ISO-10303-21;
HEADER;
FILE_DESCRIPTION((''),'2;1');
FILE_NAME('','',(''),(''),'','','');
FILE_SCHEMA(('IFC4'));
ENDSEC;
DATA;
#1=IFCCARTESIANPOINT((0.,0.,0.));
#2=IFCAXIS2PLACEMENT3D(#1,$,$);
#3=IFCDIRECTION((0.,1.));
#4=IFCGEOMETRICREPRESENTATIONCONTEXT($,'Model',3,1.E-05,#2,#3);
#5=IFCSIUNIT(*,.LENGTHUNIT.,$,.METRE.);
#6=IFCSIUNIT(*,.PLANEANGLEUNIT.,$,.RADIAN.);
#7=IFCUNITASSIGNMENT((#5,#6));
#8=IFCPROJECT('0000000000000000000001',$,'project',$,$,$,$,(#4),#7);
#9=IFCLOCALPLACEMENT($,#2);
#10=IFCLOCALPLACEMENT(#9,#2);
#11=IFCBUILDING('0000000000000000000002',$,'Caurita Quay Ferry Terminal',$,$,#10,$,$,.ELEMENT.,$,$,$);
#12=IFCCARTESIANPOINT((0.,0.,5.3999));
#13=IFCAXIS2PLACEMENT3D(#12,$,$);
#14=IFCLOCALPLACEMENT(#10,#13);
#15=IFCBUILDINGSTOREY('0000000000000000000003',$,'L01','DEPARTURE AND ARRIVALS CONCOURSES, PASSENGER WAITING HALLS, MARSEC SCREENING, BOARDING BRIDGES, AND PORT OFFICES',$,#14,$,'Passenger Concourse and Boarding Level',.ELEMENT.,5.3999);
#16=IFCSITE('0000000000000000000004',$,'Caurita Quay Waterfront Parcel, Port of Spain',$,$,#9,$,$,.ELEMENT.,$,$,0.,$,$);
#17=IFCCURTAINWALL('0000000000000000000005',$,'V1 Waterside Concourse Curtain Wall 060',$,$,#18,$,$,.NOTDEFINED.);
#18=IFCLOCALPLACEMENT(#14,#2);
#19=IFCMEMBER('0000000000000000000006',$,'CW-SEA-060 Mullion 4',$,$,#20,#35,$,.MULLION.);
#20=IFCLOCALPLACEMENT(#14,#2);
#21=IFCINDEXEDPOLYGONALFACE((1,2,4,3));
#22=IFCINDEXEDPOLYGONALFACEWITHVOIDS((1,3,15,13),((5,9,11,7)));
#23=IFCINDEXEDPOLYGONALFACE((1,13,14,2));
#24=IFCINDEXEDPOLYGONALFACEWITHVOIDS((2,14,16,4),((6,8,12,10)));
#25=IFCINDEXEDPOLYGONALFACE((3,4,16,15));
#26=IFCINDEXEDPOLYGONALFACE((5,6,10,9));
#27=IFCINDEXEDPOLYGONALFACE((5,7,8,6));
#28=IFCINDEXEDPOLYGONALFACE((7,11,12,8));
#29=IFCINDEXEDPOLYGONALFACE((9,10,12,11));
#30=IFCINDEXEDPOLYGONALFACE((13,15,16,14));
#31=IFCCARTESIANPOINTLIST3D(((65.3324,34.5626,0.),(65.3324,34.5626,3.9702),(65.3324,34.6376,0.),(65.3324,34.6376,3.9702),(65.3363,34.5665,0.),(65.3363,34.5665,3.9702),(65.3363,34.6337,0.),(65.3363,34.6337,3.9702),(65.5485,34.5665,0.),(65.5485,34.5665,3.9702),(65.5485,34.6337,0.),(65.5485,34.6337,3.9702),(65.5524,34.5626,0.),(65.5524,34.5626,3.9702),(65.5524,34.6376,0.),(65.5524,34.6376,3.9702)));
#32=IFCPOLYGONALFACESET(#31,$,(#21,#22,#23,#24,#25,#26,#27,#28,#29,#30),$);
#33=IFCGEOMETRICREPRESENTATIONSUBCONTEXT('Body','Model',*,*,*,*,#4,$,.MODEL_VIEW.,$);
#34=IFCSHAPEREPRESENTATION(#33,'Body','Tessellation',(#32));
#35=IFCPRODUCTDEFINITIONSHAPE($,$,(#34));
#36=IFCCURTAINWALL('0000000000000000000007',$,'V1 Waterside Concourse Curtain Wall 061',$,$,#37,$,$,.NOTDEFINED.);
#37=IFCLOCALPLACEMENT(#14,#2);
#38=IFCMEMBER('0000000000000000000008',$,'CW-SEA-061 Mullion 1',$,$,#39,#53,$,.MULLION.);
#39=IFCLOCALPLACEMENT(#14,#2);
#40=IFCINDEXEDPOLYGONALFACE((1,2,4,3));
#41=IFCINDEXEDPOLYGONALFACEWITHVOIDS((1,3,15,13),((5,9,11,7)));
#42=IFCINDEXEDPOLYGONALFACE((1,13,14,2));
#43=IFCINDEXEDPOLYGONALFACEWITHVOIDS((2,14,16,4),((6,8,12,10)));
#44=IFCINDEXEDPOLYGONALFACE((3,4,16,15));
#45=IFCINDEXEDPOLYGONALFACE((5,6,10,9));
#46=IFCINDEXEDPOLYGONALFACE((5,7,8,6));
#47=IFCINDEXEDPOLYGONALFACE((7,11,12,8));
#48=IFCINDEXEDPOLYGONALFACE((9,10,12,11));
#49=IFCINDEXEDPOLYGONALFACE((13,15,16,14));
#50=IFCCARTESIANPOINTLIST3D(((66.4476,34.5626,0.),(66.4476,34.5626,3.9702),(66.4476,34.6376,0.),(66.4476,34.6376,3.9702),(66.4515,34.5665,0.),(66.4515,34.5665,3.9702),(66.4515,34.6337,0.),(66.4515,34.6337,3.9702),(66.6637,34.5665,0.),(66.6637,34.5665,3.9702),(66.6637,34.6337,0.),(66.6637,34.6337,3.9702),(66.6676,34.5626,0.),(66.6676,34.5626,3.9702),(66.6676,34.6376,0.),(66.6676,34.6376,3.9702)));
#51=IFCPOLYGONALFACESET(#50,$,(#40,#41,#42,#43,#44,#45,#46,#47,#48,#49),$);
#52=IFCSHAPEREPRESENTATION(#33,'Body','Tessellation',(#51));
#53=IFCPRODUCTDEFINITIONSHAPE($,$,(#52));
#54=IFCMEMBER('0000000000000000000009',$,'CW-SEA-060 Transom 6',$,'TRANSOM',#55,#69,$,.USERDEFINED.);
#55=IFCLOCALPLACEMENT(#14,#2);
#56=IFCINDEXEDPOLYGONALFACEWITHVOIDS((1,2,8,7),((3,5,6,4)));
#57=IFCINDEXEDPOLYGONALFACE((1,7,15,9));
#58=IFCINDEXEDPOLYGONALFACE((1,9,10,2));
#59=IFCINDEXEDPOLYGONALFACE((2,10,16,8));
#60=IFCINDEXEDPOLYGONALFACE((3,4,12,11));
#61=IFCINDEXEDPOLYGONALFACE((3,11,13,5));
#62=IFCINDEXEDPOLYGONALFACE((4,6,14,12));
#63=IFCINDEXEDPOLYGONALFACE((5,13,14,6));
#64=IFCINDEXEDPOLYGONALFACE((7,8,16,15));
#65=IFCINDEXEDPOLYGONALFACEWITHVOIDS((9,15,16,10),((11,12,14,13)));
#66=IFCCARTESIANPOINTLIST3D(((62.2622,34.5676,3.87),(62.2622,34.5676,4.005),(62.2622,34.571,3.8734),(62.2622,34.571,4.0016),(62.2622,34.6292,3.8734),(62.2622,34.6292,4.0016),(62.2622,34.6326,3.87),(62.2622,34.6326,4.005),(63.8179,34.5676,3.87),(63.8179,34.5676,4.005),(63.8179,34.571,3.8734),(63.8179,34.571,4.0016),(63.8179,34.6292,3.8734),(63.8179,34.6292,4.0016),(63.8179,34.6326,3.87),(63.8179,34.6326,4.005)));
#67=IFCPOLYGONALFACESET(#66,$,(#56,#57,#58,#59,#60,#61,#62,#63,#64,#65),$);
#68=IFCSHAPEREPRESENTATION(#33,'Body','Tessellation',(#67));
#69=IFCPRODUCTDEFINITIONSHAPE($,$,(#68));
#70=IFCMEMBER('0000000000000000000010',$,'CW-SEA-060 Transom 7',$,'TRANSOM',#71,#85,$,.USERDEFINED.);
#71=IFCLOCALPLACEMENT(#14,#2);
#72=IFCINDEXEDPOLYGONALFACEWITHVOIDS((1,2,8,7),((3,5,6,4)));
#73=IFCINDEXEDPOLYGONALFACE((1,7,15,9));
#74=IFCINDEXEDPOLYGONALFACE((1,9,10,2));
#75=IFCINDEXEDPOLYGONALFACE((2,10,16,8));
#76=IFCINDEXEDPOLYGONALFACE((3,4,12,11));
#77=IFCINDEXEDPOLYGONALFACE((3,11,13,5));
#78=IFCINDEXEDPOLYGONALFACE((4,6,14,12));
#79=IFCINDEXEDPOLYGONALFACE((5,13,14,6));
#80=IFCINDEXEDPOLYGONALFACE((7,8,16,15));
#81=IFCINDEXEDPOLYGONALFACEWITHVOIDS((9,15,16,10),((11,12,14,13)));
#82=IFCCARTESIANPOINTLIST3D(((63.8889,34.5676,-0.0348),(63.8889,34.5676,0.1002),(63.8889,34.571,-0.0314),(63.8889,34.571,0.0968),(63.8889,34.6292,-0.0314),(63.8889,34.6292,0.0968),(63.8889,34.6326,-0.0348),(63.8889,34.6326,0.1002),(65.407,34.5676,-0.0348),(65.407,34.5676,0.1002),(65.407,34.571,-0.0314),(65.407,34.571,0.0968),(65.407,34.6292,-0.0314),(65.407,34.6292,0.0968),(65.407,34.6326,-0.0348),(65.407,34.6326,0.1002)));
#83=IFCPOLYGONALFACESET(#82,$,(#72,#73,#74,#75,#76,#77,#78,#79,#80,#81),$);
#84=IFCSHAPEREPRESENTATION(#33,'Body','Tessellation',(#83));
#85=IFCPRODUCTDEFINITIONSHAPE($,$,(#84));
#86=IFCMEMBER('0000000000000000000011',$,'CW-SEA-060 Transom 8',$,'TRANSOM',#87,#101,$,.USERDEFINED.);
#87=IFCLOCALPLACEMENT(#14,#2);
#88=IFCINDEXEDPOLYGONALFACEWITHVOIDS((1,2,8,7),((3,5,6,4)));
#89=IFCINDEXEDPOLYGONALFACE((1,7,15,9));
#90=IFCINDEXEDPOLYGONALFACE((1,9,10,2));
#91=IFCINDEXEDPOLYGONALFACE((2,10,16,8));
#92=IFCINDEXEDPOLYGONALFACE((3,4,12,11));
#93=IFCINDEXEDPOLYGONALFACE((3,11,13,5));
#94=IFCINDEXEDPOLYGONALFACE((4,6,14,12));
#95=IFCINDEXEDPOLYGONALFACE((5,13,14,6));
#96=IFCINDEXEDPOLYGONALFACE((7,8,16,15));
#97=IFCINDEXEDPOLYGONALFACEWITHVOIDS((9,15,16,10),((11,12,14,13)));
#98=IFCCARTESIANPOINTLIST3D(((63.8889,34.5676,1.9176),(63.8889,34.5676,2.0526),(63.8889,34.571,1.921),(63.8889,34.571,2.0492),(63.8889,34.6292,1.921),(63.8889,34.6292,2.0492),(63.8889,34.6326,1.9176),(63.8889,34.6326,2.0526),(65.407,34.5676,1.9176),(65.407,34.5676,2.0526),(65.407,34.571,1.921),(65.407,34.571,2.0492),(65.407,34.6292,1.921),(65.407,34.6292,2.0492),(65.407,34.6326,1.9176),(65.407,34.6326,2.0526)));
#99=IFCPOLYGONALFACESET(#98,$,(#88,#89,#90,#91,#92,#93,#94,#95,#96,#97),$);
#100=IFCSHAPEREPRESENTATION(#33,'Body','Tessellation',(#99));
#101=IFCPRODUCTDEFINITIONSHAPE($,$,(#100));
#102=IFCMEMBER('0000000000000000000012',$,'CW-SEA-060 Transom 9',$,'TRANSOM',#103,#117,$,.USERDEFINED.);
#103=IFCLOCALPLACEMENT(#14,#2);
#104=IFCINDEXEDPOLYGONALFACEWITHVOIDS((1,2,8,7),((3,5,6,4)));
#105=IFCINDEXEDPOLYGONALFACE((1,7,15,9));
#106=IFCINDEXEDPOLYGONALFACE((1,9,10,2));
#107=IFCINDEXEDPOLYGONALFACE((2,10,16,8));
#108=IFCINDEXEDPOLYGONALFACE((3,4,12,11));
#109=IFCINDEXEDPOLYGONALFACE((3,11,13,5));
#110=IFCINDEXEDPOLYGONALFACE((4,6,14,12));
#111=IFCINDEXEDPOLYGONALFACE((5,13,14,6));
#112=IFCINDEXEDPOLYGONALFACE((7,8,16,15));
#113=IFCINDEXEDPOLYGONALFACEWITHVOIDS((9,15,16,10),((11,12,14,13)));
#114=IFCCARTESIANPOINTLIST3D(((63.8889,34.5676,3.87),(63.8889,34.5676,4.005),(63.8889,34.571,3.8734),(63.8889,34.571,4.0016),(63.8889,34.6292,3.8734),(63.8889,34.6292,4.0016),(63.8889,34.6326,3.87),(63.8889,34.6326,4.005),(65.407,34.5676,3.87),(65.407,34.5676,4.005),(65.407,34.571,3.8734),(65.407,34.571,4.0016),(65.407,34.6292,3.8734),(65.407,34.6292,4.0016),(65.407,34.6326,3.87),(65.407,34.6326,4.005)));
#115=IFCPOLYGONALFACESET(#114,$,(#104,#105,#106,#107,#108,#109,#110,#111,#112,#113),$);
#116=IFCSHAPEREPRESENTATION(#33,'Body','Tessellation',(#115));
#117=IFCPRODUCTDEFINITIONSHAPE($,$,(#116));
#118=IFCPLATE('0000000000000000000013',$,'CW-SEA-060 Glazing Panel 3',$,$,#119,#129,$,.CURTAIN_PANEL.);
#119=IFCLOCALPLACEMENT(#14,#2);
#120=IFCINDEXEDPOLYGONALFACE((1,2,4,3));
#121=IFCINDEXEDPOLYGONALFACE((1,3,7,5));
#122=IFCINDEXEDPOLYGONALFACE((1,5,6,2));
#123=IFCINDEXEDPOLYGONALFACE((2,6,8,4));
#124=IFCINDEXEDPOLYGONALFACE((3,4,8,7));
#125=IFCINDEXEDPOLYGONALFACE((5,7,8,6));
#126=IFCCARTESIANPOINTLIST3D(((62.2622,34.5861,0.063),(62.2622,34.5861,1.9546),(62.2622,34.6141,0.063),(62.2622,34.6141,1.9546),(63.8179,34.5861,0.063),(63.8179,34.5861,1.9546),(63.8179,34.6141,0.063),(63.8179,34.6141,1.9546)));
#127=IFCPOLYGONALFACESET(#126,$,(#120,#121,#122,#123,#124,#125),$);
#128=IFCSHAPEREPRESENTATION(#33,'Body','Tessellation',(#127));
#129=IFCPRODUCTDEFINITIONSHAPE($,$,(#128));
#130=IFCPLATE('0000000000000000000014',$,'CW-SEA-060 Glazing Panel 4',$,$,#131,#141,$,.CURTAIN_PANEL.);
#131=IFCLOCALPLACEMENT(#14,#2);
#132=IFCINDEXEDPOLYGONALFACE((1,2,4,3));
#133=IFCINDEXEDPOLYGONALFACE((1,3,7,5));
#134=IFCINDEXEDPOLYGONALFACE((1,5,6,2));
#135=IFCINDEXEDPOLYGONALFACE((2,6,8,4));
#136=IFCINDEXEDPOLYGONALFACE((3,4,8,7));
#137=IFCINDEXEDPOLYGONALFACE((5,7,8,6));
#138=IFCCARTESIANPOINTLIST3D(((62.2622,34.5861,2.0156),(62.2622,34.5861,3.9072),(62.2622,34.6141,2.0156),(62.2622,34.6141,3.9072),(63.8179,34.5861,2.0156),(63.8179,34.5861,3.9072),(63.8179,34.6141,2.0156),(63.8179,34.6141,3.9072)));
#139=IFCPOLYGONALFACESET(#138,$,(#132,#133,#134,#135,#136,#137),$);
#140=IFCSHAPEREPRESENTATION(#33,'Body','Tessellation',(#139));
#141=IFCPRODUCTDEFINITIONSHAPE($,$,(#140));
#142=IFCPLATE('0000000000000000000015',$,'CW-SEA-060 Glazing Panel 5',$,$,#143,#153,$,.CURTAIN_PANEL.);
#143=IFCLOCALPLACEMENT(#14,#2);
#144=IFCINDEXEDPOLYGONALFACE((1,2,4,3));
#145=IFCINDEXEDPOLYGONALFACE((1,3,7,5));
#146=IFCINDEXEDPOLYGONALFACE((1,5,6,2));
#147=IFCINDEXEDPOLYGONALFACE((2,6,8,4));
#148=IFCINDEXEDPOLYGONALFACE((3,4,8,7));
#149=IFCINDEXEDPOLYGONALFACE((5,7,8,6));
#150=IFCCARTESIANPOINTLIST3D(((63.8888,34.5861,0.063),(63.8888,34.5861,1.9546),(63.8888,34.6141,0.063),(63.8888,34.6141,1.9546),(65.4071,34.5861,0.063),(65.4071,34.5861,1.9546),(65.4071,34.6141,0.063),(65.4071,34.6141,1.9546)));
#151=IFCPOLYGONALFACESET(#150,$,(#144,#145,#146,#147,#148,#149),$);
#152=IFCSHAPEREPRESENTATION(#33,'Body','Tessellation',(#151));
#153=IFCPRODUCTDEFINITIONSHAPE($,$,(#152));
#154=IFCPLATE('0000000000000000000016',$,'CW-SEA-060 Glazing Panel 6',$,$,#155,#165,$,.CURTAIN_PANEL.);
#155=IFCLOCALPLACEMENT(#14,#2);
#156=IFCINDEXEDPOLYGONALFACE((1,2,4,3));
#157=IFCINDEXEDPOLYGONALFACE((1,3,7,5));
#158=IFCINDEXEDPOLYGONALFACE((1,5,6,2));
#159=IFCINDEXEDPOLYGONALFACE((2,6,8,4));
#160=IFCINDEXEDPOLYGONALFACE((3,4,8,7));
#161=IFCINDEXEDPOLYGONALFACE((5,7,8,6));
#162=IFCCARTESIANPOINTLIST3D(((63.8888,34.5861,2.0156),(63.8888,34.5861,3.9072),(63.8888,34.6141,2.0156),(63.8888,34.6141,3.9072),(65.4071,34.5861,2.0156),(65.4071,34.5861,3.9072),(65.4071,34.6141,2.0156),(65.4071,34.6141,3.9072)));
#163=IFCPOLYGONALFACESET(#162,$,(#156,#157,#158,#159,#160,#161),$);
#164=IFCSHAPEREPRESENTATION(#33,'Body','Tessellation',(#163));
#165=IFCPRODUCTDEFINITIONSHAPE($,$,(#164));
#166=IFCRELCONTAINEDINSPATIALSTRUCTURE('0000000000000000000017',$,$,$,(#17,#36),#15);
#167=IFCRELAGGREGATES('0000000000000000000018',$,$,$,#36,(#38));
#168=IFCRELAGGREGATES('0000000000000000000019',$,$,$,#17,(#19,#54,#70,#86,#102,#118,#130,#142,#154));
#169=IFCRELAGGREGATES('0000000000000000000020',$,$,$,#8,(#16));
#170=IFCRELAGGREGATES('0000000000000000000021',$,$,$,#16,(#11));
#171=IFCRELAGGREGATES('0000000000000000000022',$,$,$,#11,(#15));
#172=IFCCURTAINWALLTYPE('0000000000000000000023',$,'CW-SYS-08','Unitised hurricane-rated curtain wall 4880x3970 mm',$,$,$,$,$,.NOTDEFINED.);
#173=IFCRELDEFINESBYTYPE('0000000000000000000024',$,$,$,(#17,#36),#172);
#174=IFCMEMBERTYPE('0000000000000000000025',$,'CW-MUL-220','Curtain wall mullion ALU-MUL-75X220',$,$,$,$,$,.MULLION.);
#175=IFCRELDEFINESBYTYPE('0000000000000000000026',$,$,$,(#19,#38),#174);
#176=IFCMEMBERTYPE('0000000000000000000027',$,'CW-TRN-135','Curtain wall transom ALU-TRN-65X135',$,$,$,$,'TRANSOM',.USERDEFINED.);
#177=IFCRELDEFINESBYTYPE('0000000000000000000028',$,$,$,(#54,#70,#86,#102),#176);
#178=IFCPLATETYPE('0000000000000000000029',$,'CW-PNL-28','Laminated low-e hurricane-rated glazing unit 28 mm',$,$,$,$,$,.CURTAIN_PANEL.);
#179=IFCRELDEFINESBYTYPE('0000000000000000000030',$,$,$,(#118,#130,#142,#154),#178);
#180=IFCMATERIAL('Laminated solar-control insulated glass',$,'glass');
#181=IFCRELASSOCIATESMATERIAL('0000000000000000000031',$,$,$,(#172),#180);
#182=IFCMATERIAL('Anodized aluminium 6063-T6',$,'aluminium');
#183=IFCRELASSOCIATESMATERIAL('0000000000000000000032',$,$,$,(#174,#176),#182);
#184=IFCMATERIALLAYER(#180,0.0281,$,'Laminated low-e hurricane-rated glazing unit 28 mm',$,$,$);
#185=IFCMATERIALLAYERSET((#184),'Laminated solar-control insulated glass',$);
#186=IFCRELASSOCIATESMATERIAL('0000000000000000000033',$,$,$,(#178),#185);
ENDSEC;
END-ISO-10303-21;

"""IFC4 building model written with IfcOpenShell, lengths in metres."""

from ifc_helpers import new_model, si_unit, direction, frame, origin, origin_2d, place, context, subcontext, project, spatial, rectangle, hollow_rectangle, extrude, material, layer, layer_set, material_profile, profile_set, type_object, element, aggregate, save


model = new_model("IFC4")

# Units and contexts
model_context = context("Model", 3, precision=1e-05, world=origin(), true_north=direction((0.0, 1.0)))
body_context = subcontext(model_context, "Body", "Model", "MODEL_VIEW")
ifc_project = project(units=[si_unit("LENGTHUNIT", "METRE"), si_unit("PLANEANGLEUNIT", "RADIAN")], contexts=[model_context])

# Site, building, storey
site_placement = place(None, origin())
site = spatial("IfcSite", under=ifc_project, at=site_placement, Name="Caurita Quay Waterfront Parcel, Port of Spain", CompositionType="ELEMENT", RefElevation=0.0)
building_placement = place(site_placement, origin())
building = spatial("IfcBuilding", under=site, at=building_placement, Name="Caurita Quay Ferry Terminal", CompositionType="ELEMENT")
storey_placement = place(building_placement, frame((0.0, 0.0, 5.3999)))
storey = spatial("IfcBuildingStorey", under=building, at=storey_placement, Name="L01", Description="DEPARTURE AND ARRIVALS CONCOURSES, PASSENGER WAITING HALLS, MARSEC SCREENING, BOARDING BRIDGES, AND PORT OFFICES", LongName="Passenger Concourse and Boarding Level", CompositionType="ELEMENT", Elevation=5.3999)

# Curtain wall, member
ifc_material_1 = material(Name="Laminated solar-control insulated glass", Category="glass")
curtain_wall_type = type_object("IfcCurtainWallType", Name="CW-SYS-08", Description="Unitised hurricane-rated curtain wall 4880x3970 mm", PredefinedType="NOTDEFINED", material=ifc_material_1)
curtain_wall_1_placement = place(storey_placement, origin())
curtain_wall_1 = element("IfcCurtainWall", 1, at=curtain_wall_1_placement, inside=storey, type_object=curtain_wall_type, Name="V1 Waterside Concourse Curtain Wall 060", PredefinedType="NOTDEFINED")
ifc_material_2 = material(Name="Anodized aluminium 6063-T6", Category="aluminium")
ifc_material_profile_1 = material_profile(ifc_material_2, hollow_rectangle(XDim=0.075, YDim=0.22, WallThickness=0.0039, at=origin_2d()), Name="ALU-MUL-75X220")
ifc_profile_set_1 = profile_set([ifc_material_profile_1], Name="Anodized aluminium 6063-T6")
member_type_1 = type_object("IfcMemberType", Name="CW-MUL-220", Description="Curtain wall mullion ALU-MUL-75X220", PredefinedType="MULLION", material=ifc_profile_set_1)
member_1_placement = place(storey_placement, frame((65.4424, 34.6001, 0.0), z_axis=(0.0, 0.0, 1.0), x_axis=(0.0, 1.0, 0.0)))
member_1 = element("IfcMember", 2, at=member_1_placement, type_object=member_type_1, Name="CW-SEA-060 Mullion 4", PredefinedType="MULLION", context=body_context, shape_type="SweptSolid", body=[
    extrude(hollow_rectangle(XDim=0.075, YDim=0.22, WallThickness=0.0039, at=origin_2d()), origin(), (0.0, 0.0, 1.0), 3.9702),
])

# Curtain wall, member
curtain_wall_2_placement = place(storey_placement, origin())
curtain_wall_2 = element("IfcCurtainWall", 3, at=curtain_wall_2_placement, inside=storey, type_object=curtain_wall_type, Name="V1 Waterside Concourse Curtain Wall 061", PredefinedType="NOTDEFINED")
member_2_placement = place(storey_placement, frame((66.5576, 34.6001, 0.0), z_axis=(0.0, 0.0, 1.0), x_axis=(0.0, 1.0, 0.0)))
member_2 = element("IfcMember", 4, at=member_2_placement, type_object=member_type_1, Name="CW-SEA-061 Mullion 1", PredefinedType="MULLION", context=body_context, shape_type="SweptSolid", body=[
    extrude(hollow_rectangle(XDim=0.075, YDim=0.22, WallThickness=0.0039, at=origin_2d()), origin(), (0.0, 0.0, 1.0), 3.9702),
])
aggregate(curtain_wall_2, [member_2])

# Members
ifc_material_profile_2 = material_profile(ifc_material_2, hollow_rectangle(XDim=0.0649, YDim=0.135, WallThickness=0.0034, at=origin_2d()), Name="ALU-TRN-65X135")
ifc_profile_set_2 = profile_set([ifc_material_profile_2], Name="Anodized aluminium 6063-T6")
member_type_2 = type_object("IfcMemberType", Name="CW-TRN-135", Description="Curtain wall transom ALU-TRN-65X135", ElementType="TRANSOM", PredefinedType="USERDEFINED", material=ifc_profile_set_2)
member_3_placement = place(storey_placement, frame((62.2622, 34.6001, 3.9375), z_axis=(1.0, 0.0, 0.0), x_axis=(0.0, 1.0, 0.0)))
member_3 = element("IfcMember", 5, at=member_3_placement, type_object=member_type_2, Name="CW-SEA-060 Transom 6", ObjectType="TRANSOM", PredefinedType="USERDEFINED", context=body_context, shape_type="SweptSolid", body=[
    extrude(hollow_rectangle(XDim=0.0649, YDim=0.135, WallThickness=0.0034, at=origin_2d()), origin(), (0.0, 0.0, 1.0), 1.5557),
])
member_4_placement = place(storey_placement, frame((63.8889, 34.6001, 0.0327), z_axis=(1.0, 0.0, 0.0), x_axis=(0.0, 1.0, 0.0)))
member_4 = element("IfcMember", 6, at=member_4_placement, type_object=member_type_2, Name="CW-SEA-060 Transom 7", ObjectType="TRANSOM", PredefinedType="USERDEFINED", context=body_context, shape_type="SweptSolid", body=[
    extrude(hollow_rectangle(XDim=0.0649, YDim=0.135, WallThickness=0.0034, at=origin_2d()), origin(), (0.0, 0.0, 1.0), 1.5181),
])
member_5_placement = place(storey_placement, frame((63.8889, 34.6001, 1.9851), z_axis=(1.0, 0.0, 0.0), x_axis=(0.0, 1.0, 0.0)))
member_5 = element("IfcMember", 7, at=member_5_placement, type_object=member_type_2, Name="CW-SEA-060 Transom 8", ObjectType="TRANSOM", PredefinedType="USERDEFINED", context=body_context, shape_type="SweptSolid", body=[
    extrude(hollow_rectangle(XDim=0.0649, YDim=0.135, WallThickness=0.0034, at=origin_2d()), origin(), (0.0, 0.0, 1.0), 1.5181),
])
member_6_placement = place(storey_placement, frame((63.8889, 34.6001, 3.9375), z_axis=(1.0, 0.0, 0.0), x_axis=(0.0, 1.0, 0.0)))
member_6 = element("IfcMember", 8, at=member_6_placement, type_object=member_type_2, Name="CW-SEA-060 Transom 9", ObjectType="TRANSOM", PredefinedType="USERDEFINED", context=body_context, shape_type="SweptSolid", body=[
    extrude(hollow_rectangle(XDim=0.0649, YDim=0.135, WallThickness=0.0034, at=origin_2d()), origin(), (0.0, 0.0, 1.0), 1.5181),
])

# Plates
ifc_layer = layer(ifc_material_1, 0.0281, Name="Laminated low-e hurricane-rated glazing unit 28 mm")
ifc_layer_set = layer_set([ifc_layer], Name="Laminated solar-control insulated glass")
plate_type = type_object("IfcPlateType", Name="CW-PNL-28", Description="Laminated low-e hurricane-rated glazing unit 28 mm", PredefinedType="CURTAIN_PANEL", material=ifc_layer_set)
plate_1_placement = place(storey_placement, frame((63.04, 34.6001, 0.063), z_axis=(0.0, 0.0, 1.0), x_axis=(1.0, 0.0, 0.0)))
plate_1 = element("IfcPlate", 9, at=plate_1_placement, type_object=plate_type, Name="CW-SEA-060 Glazing Panel 3", PredefinedType="CURTAIN_PANEL", context=body_context, shape_type="SweptSolid", body=[
    extrude(rectangle(XDim=1.5557, YDim=0.0281, at=origin_2d()), origin(), (0.0, 0.0, 1.0), 1.8916),
])
plate_2_placement = place(storey_placement, frame((63.04, 34.6001, 2.0156), z_axis=(0.0, 0.0, 1.0), x_axis=(1.0, 0.0, 0.0)))
plate_2 = element("IfcPlate", 10, at=plate_2_placement, type_object=plate_type, Name="CW-SEA-060 Glazing Panel 4", PredefinedType="CURTAIN_PANEL", context=body_context, shape_type="SweptSolid", body=[
    extrude(rectangle(XDim=1.5557, YDim=0.0281, at=origin_2d()), origin(), (0.0, 0.0, 1.0), 1.8916),
])
plate_3_placement = place(storey_placement, frame((64.6479, 34.6001, 0.063), z_axis=(0.0, 0.0, 1.0), x_axis=(1.0, 0.0, 0.0)))
plate_3 = element("IfcPlate", 11, at=plate_3_placement, type_object=plate_type, Name="CW-SEA-060 Glazing Panel 5", PredefinedType="CURTAIN_PANEL", context=body_context, shape_type="SweptSolid", body=[
    extrude(rectangle(XDim=1.5183, YDim=0.0281, at=origin_2d()), origin(), (0.0, 0.0, 1.0), 1.8916),
])
plate_4_placement = place(storey_placement, frame((64.6479, 34.6001, 2.0156), z_axis=(0.0, 0.0, 1.0), x_axis=(1.0, 0.0, 0.0)))
plate_4 = element("IfcPlate", 12, at=plate_4_placement, type_object=plate_type, Name="CW-SEA-060 Glazing Panel 6", PredefinedType="CURTAIN_PANEL", context=body_context, shape_type="SweptSolid", body=[
    extrude(rectangle(XDim=1.5183, YDim=0.0281, at=origin_2d()), origin(), (0.0, 0.0, 1.0), 1.8916),
])
aggregate(curtain_wall_1, [member_1, member_3, member_4, member_5, member_6, plate_1, plate_2, plate_3, plate_4])

save(model, "model.ifc")
